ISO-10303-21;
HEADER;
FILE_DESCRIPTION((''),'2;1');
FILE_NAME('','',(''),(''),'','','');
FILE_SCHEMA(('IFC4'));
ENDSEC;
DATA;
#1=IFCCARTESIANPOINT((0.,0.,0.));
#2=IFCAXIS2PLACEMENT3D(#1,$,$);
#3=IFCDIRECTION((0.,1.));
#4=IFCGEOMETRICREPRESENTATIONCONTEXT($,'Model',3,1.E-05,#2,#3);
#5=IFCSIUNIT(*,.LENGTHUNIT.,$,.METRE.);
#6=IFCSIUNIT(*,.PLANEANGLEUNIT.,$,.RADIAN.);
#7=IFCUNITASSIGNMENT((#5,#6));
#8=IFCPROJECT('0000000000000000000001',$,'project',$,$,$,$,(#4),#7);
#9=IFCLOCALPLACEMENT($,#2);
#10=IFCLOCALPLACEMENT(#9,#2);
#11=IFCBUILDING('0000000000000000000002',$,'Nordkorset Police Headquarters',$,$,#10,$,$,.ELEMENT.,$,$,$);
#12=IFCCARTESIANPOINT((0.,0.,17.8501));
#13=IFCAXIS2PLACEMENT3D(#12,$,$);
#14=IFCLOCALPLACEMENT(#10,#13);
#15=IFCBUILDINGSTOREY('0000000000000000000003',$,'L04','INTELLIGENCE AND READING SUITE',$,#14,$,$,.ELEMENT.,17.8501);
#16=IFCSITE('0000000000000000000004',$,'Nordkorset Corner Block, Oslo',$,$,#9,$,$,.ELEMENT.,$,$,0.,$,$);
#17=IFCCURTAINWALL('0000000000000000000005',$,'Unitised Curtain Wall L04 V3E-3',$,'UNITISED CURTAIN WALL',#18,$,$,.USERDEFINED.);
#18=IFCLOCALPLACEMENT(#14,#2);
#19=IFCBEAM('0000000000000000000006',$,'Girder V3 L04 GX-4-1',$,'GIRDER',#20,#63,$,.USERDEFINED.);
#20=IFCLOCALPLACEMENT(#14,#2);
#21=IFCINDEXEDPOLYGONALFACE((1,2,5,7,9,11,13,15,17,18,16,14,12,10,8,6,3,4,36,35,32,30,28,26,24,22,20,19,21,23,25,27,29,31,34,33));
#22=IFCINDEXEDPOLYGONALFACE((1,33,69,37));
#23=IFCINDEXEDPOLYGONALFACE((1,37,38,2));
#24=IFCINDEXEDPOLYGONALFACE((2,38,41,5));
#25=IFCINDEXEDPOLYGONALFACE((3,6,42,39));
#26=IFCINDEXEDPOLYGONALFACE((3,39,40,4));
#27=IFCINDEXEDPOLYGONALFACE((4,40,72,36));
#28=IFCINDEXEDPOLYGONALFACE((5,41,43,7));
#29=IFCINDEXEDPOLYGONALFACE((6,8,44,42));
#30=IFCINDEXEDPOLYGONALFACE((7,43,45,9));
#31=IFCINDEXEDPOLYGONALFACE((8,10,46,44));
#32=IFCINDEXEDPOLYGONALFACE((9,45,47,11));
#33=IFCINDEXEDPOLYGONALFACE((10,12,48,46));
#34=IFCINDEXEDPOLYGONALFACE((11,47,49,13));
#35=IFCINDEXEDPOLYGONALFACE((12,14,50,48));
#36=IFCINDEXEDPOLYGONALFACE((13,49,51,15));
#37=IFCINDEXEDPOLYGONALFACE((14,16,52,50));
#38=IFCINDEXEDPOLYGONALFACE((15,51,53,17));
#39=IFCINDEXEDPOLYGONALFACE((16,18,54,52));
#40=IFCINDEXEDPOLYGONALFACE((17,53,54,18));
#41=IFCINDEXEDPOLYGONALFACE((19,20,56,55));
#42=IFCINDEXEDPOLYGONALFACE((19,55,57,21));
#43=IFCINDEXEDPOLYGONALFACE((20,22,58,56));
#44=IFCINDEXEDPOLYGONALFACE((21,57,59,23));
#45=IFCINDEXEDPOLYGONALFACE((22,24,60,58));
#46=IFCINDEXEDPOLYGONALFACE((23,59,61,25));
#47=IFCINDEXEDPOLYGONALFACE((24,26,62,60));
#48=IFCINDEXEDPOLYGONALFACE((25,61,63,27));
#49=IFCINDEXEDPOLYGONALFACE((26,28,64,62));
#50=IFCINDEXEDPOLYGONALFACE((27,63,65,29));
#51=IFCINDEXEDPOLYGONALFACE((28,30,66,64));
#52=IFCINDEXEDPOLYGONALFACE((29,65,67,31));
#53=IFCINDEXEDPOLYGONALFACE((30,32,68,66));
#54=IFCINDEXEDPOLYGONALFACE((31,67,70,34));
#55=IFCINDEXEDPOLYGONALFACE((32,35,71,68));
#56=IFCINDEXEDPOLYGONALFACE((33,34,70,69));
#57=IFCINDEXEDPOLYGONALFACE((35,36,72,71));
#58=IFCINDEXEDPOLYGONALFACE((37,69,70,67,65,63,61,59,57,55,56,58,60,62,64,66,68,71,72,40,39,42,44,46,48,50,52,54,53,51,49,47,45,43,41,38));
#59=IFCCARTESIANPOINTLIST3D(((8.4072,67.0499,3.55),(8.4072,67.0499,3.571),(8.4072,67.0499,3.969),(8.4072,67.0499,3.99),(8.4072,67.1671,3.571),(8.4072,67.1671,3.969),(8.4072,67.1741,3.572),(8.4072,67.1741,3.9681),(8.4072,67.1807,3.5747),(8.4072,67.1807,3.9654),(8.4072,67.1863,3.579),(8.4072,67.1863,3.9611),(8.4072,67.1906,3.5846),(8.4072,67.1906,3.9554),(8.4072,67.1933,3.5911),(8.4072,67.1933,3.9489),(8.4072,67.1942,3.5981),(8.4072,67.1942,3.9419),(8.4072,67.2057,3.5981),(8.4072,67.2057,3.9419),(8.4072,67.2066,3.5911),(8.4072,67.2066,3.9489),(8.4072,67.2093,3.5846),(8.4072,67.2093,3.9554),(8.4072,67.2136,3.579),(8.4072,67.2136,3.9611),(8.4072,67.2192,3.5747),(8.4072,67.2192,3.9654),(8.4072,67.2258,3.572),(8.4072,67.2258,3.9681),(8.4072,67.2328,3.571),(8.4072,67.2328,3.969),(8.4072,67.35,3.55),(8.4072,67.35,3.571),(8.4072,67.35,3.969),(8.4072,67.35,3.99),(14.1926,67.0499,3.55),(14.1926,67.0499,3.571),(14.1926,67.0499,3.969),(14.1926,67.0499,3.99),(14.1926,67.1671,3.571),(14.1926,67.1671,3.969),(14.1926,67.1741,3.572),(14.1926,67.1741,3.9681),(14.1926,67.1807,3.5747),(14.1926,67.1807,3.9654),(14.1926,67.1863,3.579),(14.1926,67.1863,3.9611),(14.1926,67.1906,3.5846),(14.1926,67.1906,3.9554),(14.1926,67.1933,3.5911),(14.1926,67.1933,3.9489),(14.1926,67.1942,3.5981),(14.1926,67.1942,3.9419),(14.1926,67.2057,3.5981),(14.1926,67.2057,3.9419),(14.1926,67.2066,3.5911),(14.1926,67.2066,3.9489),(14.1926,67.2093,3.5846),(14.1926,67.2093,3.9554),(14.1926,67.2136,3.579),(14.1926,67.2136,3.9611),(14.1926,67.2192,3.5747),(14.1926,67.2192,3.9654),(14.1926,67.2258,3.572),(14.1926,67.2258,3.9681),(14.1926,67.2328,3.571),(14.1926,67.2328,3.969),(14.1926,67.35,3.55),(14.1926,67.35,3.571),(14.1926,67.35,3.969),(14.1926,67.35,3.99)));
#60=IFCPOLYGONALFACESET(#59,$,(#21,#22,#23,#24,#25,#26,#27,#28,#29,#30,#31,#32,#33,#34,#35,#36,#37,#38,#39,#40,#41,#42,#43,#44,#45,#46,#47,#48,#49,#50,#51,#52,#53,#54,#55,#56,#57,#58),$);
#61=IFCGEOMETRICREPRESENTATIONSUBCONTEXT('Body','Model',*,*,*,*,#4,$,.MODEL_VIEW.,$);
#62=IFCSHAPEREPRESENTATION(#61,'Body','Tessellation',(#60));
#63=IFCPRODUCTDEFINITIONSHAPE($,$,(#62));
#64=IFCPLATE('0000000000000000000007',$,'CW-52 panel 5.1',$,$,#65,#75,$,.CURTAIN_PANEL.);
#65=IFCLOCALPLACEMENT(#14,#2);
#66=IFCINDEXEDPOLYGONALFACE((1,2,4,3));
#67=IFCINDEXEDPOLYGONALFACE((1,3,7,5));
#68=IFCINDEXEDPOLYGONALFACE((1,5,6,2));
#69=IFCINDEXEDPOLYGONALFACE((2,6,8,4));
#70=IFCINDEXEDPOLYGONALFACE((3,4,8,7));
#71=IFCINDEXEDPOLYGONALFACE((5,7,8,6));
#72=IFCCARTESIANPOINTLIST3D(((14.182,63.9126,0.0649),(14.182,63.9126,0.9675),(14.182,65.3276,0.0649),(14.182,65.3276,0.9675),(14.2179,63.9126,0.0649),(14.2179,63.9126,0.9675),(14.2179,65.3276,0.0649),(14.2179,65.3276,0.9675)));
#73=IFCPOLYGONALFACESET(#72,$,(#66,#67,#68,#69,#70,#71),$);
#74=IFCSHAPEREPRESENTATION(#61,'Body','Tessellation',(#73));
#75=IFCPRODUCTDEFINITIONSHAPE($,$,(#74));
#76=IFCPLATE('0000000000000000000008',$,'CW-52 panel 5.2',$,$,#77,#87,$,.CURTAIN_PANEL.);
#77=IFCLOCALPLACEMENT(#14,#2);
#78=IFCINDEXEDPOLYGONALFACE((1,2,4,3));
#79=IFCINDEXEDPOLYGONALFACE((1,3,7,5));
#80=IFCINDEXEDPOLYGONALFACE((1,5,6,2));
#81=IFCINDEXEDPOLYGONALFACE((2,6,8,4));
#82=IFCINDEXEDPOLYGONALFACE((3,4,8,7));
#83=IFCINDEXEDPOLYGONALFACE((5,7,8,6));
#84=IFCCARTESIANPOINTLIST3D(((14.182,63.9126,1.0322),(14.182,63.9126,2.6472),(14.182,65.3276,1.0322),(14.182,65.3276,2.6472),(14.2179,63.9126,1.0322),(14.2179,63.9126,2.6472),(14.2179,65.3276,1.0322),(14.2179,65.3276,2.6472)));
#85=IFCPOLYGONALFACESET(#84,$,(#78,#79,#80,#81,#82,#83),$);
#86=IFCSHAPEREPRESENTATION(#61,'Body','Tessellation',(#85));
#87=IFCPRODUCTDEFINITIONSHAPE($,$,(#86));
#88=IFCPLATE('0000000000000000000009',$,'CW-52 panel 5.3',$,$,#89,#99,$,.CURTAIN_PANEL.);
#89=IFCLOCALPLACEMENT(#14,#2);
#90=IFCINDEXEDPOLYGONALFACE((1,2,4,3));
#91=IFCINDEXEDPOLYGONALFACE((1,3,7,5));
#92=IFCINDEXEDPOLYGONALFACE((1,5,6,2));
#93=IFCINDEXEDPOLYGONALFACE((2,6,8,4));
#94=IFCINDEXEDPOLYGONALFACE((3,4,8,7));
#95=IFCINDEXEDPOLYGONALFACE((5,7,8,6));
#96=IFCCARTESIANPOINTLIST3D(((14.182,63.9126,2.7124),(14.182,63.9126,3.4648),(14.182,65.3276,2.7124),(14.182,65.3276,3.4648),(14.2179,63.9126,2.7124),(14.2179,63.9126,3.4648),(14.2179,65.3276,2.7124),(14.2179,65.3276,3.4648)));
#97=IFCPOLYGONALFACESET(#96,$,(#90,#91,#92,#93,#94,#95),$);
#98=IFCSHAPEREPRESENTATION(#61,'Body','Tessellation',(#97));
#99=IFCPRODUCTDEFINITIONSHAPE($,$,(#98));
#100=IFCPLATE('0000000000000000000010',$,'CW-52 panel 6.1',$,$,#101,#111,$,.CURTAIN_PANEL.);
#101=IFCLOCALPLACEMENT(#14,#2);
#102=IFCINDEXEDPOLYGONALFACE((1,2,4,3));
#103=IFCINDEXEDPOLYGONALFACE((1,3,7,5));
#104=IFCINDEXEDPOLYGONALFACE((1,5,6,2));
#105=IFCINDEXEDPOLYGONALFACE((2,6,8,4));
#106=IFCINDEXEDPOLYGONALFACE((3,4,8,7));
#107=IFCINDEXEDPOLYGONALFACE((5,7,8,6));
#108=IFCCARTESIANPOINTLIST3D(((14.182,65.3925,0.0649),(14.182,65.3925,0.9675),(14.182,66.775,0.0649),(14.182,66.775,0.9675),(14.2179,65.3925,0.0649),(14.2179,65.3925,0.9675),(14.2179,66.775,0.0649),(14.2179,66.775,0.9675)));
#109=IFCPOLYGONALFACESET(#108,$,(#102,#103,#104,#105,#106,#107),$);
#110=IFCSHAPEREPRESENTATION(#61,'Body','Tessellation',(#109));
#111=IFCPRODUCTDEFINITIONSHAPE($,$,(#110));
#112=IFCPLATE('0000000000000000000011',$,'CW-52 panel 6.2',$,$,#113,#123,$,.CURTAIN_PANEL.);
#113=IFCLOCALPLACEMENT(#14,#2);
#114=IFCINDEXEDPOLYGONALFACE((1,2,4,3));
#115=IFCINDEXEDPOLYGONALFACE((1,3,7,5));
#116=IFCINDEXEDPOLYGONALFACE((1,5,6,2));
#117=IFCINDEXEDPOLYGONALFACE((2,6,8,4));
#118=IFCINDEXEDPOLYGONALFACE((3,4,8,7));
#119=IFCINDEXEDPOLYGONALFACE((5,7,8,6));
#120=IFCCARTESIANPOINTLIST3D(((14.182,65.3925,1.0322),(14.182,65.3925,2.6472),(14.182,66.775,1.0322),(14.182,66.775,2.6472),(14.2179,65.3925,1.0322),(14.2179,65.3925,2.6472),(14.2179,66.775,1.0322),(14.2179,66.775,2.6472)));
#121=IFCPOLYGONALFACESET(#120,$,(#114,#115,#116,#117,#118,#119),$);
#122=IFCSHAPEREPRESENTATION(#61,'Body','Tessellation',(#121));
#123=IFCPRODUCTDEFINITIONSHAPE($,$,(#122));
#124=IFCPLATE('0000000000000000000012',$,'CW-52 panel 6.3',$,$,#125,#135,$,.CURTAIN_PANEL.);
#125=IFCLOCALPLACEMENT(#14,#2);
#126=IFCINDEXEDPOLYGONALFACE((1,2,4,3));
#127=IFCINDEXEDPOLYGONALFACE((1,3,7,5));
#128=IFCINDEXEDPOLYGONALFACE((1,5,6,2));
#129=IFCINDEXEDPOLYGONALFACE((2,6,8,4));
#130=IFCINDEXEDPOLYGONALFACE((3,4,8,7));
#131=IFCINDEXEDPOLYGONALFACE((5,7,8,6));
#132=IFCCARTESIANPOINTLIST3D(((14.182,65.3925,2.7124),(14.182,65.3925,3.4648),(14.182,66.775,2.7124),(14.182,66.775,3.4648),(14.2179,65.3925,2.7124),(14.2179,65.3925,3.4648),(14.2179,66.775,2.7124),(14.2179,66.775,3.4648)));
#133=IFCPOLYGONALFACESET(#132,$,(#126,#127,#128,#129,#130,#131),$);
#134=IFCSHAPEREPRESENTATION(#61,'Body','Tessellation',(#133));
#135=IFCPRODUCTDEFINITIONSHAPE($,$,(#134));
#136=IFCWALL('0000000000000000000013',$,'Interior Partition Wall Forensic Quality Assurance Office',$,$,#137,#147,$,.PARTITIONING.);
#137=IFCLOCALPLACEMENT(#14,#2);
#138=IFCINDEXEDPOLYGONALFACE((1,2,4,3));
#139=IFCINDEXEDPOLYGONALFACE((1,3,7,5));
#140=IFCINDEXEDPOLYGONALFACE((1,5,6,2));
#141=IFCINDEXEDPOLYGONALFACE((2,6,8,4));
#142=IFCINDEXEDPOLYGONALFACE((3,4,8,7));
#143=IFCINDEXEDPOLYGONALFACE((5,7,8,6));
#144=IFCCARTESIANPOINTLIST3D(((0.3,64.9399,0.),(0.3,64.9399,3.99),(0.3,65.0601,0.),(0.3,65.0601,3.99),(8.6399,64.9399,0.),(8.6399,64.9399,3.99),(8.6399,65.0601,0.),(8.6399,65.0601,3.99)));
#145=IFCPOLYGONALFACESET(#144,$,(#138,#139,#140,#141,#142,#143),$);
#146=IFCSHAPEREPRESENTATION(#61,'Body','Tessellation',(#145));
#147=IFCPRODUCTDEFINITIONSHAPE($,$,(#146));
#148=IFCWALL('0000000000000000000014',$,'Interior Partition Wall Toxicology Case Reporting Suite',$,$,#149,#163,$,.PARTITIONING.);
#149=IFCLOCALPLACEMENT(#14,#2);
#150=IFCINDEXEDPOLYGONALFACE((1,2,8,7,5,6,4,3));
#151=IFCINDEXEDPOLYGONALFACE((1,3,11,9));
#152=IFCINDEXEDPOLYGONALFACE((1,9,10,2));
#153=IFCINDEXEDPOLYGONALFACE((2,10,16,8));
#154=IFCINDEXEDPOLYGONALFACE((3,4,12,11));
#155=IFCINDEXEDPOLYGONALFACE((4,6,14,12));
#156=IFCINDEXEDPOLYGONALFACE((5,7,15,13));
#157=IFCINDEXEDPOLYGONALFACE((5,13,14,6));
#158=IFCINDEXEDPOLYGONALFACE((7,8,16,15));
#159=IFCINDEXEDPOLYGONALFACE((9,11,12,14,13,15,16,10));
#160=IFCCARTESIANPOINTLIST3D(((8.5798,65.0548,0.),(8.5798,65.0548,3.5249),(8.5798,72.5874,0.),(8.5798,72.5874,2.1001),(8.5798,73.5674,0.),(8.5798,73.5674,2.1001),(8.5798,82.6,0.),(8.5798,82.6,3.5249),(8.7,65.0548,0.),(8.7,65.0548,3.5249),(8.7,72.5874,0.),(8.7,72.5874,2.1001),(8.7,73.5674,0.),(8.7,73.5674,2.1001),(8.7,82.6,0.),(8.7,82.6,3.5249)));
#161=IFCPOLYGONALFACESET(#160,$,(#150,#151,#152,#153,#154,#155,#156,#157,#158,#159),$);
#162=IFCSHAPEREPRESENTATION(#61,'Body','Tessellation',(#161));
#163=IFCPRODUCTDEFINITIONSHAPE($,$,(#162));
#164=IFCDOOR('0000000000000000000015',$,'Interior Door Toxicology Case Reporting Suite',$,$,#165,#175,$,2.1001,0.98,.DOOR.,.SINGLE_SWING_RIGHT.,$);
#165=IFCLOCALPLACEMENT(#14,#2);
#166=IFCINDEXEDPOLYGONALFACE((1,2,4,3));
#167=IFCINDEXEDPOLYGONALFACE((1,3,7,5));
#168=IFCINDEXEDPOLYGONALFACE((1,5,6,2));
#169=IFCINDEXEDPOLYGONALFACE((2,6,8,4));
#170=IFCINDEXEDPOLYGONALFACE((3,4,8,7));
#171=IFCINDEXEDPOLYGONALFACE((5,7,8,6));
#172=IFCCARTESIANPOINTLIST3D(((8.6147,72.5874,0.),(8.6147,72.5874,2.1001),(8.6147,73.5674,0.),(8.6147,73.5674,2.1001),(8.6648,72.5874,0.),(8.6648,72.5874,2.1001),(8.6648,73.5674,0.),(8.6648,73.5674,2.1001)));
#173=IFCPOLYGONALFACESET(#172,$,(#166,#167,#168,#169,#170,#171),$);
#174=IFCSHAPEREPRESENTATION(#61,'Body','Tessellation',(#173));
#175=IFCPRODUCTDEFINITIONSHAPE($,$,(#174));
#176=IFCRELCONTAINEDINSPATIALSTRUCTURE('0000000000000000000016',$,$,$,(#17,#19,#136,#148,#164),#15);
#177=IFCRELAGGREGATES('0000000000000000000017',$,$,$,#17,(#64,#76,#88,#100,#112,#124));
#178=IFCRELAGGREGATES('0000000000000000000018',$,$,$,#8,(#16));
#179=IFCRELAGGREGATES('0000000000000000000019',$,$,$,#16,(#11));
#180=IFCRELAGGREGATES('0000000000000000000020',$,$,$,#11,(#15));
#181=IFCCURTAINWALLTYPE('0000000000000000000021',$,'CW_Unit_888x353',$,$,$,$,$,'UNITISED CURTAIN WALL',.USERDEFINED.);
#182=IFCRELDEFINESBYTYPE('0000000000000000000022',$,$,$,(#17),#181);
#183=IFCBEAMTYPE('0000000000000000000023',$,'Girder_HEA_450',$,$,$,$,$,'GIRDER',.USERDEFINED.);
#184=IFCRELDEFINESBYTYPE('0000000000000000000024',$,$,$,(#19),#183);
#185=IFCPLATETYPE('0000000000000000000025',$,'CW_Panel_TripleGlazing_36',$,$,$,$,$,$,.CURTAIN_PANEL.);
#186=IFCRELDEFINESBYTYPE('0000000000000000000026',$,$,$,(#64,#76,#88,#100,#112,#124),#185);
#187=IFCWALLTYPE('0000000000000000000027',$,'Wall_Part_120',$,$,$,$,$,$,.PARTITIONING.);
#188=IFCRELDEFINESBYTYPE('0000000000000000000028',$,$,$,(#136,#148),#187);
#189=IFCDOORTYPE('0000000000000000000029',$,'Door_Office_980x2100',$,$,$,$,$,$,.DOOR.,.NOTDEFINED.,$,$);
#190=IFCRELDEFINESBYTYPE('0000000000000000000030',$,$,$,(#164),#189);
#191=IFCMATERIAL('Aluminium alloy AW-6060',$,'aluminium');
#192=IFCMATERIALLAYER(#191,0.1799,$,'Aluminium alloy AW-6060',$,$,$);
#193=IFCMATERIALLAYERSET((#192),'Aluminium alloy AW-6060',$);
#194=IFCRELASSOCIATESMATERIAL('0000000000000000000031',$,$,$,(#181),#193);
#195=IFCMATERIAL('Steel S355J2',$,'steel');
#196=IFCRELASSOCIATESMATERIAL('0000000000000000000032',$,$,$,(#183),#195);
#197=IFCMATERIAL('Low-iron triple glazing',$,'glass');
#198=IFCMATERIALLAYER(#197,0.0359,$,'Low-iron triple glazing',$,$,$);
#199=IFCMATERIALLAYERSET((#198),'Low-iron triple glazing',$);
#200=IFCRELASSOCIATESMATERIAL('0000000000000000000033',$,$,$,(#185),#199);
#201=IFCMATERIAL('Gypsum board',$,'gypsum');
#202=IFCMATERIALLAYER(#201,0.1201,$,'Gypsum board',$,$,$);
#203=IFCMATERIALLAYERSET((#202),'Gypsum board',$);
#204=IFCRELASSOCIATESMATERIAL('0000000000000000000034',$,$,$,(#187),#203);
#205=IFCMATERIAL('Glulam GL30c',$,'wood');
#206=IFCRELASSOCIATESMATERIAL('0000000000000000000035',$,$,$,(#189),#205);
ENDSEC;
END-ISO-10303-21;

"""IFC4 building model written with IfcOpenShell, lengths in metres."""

from ifc_helpers import new_model, si_unit, direction, frame, frame_2d, origin, origin_2d, place, context, subcontext, project, spatial, rectangle, i_section, extrude, material, layer, layer_set, material_profile, profile_set, type_object, element, fill, aggregate, save


model = new_model("IFC4")

# Units and contexts
model_context = context("Model", 3, precision=1e-05, world=origin(), true_north=direction((0.0, 1.0)))
body_context = subcontext(model_context, "Body", "Model", "MODEL_VIEW")
ifc_project = project(units=[si_unit("LENGTHUNIT", "METRE"), si_unit("PLANEANGLEUNIT", "RADIAN")], contexts=[model_context])

# Site, building, storey
site_placement = place(None, origin())
site = spatial("IfcSite", under=ifc_project, at=site_placement, Name="Nordkorset Corner Block, Oslo", CompositionType="ELEMENT", RefElevation=0.0)
building_placement = place(site_placement, origin())
building = spatial("IfcBuilding", under=site, at=building_placement, Name="Nordkorset Police Headquarters", CompositionType="ELEMENT")
storey_placement = place(building_placement, frame((0.0, 0.0, 17.8501)))
storey = spatial("IfcBuildingStorey", under=building, at=storey_placement, Name="L04", Description="INTELLIGENCE AND READING SUITE", CompositionType="ELEMENT", Elevation=17.8501)

# Curtain wall
ifc_material_1 = material(Name="Aluminium alloy AW-6060", Category="aluminium")
ifc_layer_1 = layer(ifc_material_1, 0.1799, Name="Aluminium alloy AW-6060")
ifc_layer_set_1 = layer_set([ifc_layer_1], Name="Aluminium alloy AW-6060")
curtain_wall_type = type_object("IfcCurtainWallType", Name="CW_Unit_888x353", ElementType="UNITISED CURTAIN WALL", PredefinedType="USERDEFINED", material=ifc_layer_set_1)
curtain_wall_placement = place(storey_placement, origin())
curtain_wall = element("IfcCurtainWall", 1, at=curtain_wall_placement, inside=storey, type_object=curtain_wall_type, Name="Unitised Curtain Wall L04 V3E-3", ObjectType="UNITISED CURTAIN WALL", PredefinedType="USERDEFINED")

# Beam
ifc_material_2 = material(Name="Steel S355J2", Category="steel")
ifc_material_profile_1 = material_profile(ifc_material_2, i_section(OverallWidth=0.3, OverallDepth=0.4399, WebThickness=0.0115, FlangeThickness=0.021, FilletRadius=0.0271, at=origin_2d()), Name="HEA 450")
ifc_profile_set_1 = profile_set([ifc_material_profile_1], Name="Steel S355J2")
beam_type = type_object("IfcBeamType", Name="Girder_HEA_450", ElementType="GIRDER", PredefinedType="USERDEFINED", material=ifc_profile_set_1)
beam_placement = place(storey_placement, frame((8.4072, 67.2, 3.77), z_axis=(1.0, 0.0, 0.0), x_axis=(0.0, 1.0, 0.0)))
element("IfcBeam", 2, at=beam_placement, inside=storey, type_object=beam_type, Name="Girder V3 L04 GX-4-1", ObjectType="GIRDER", PredefinedType="USERDEFINED", context=body_context, shape_type="SweptSolid", body=[
    extrude(i_section(OverallWidth=0.3, OverallDepth=0.4399, WebThickness=0.0115, FlangeThickness=0.021, FilletRadius=0.0271, at=origin_2d()), origin(), (0.0, 0.0, 1.0), 5.7854),
])

# Plates
ifc_material_3 = material(Name="Low-iron triple glazing", Category="glass")
ifc_layer_2 = layer(ifc_material_3, 0.0359, Name="Low-iron triple glazing")
ifc_layer_set_2 = layer_set([ifc_layer_2], Name="Low-iron triple glazing")
plate_type = type_object("IfcPlateType", Name="CW_Panel_TripleGlazing_36", PredefinedType="CURTAIN_PANEL", material=ifc_layer_set_2)
plate_1_placement = place(storey_placement, frame((14.2, 64.6201, 0.0649), z_axis=(0.0, 0.0, 1.0), x_axis=(0.0, 1.0, 0.0)))
plate_1 = element("IfcPlate", 3, at=plate_1_placement, type_object=plate_type, Name="CW-52 panel 5.1", PredefinedType="CURTAIN_PANEL", context=body_context, shape_type="SweptSolid", body=[
    extrude(rectangle(XDim=1.415, YDim=0.0359, at=origin_2d()), origin(), (0.0, 0.0, 1.0), 0.9026),
])
plate_2_placement = place(storey_placement, frame((14.2, 64.6201, 1.0322), z_axis=(0.0, 0.0, 1.0), x_axis=(0.0, 1.0, 0.0)))
plate_2 = element("IfcPlate", 4, at=plate_2_placement, type_object=plate_type, Name="CW-52 panel 5.2", PredefinedType="CURTAIN_PANEL", context=body_context, shape_type="SweptSolid", body=[
    extrude(rectangle(XDim=1.415, YDim=0.0359, at=origin_2d()), origin(), (0.0, 0.0, 1.0), 1.615),
])
plate_3_placement = place(storey_placement, frame((14.2, 64.6201, 2.7124), z_axis=(0.0, 0.0, 1.0), x_axis=(0.0, 1.0, 0.0)))
plate_3 = element("IfcPlate", 5, at=plate_3_placement, type_object=plate_type, Name="CW-52 panel 5.3", PredefinedType="CURTAIN_PANEL", context=body_context, shape_type="SweptSolid", body=[
    extrude(rectangle(XDim=1.415, YDim=0.0359, at=origin_2d()), origin(), (0.0, 0.0, 1.0), 0.7524),
])
plate_4_placement = place(storey_placement, frame((14.2, 66.0837, 0.0649), z_axis=(0.0, 0.0, 1.0), x_axis=(0.0, 1.0, 0.0)))
plate_4 = element("IfcPlate", 6, at=plate_4_placement, type_object=plate_type, Name="CW-52 panel 6.1", PredefinedType="CURTAIN_PANEL", context=body_context, shape_type="SweptSolid", body=[
    extrude(rectangle(XDim=1.3826, YDim=0.0359, at=origin_2d()), origin(), (0.0, 0.0, 1.0), 0.9026),
])
plate_5_placement = place(storey_placement, frame((14.2, 66.0837, 1.0322), z_axis=(0.0, 0.0, 1.0), x_axis=(0.0, 1.0, 0.0)))
plate_5 = element("IfcPlate", 7, at=plate_5_placement, type_object=plate_type, Name="CW-52 panel 6.2", PredefinedType="CURTAIN_PANEL", context=body_context, shape_type="SweptSolid", body=[
    extrude(rectangle(XDim=1.3826, YDim=0.0359, at=origin_2d()), origin(), (0.0, 0.0, 1.0), 1.615),
])
plate_6_placement = place(storey_placement, frame((14.2, 66.0837, 2.7124), z_axis=(0.0, 0.0, 1.0), x_axis=(0.0, 1.0, 0.0)))
plate_6 = element("IfcPlate", 8, at=plate_6_placement, type_object=plate_type, Name="CW-52 panel 6.3", PredefinedType="CURTAIN_PANEL", context=body_context, shape_type="SweptSolid", body=[
    extrude(rectangle(XDim=1.3826, YDim=0.0359, at=origin_2d()), origin(), (0.0, 0.0, 1.0), 0.7524),
])
aggregate(curtain_wall, [plate_1, plate_2, plate_3, plate_4, plate_5, plate_6])

# Wall
ifc_material_4 = material(Name="Gypsum board", Category="gypsum")
ifc_layer_3 = layer(ifc_material_4, 0.1201, Name="Gypsum board")
ifc_layer_set_3 = layer_set([ifc_layer_3], Name="Gypsum board")
wall_type = type_object("IfcWallType", Name="Wall_Part_120", PredefinedType="PARTITIONING", material=ifc_layer_set_3)
wall_1_placement = place(storey_placement, frame((8.6399, 65.0, 0.0), z_axis=(0.0, 0.0, 1.0), x_axis=(-1.0, 0.0, 0.0)))
element("IfcWall", 9, at=wall_1_placement, inside=storey, type_object=wall_type, Name="Interior Partition Wall Forensic Quality Assurance Office", PredefinedType="PARTITIONING", context=body_context, shape_type="SweptSolid", body=[
    extrude(rectangle(XDim=8.3398, YDim=0.1201, at=frame_2d((4.1699, 0.0))), origin(), (0.0, 0.0, 1.0), 3.99),
])

# Wall, opening, door
wall_2_placement = place(storey_placement, frame((8.6399, 65.0549, 0.0), z_axis=(0.0, 0.0, 1.0), x_axis=(0.0, 1.0, 0.0)))
wall_2 = element("IfcWall", 10, at=wall_2_placement, inside=storey, type_object=wall_type, Name="Interior Partition Wall Toxicology Case Reporting Suite", PredefinedType="PARTITIONING", context=body_context, shape_type="SweptSolid", body=[
    extrude(rectangle(XDim=17.5452, YDim=0.1201, at=frame_2d((8.7725, 0.0))), origin(), (0.0, 0.0, 1.0), 3.5249),
])
opening_placement = place(wall_2_placement, frame((7.5325, 0.0, 0.0)))
opening = element("IfcOpeningElement", 11, at=opening_placement, cuts=wall_2, PredefinedType="OPENING", context=body_context, shape_type="SweptSolid", body=[
    extrude(rectangle(XDim=0.98, YDim=2.1001, at=frame_2d((0.49, 1.05))), frame((0.0, 0.0701, 0.0), z_axis=(0.0, -1.0, 0.0), x_axis=(1.0, 0.0, 0.0)), (0.0, 0.0, 1.0), 0.1401),
])
ifc_material_5 = material(Name="Glulam GL30c", Category="wood")
door_type = type_object("IfcDoorType", Name="Door_Office_980x2100", OperationType="NOTDEFINED", PredefinedType="DOOR", material=ifc_material_5)
door_placement = place(opening_placement, frame((0.98, 0.0, 0.0), z_axis=(0.0, 0.0, 1.0), x_axis=(-1.0, 0.0, 0.0)))
door = element("IfcDoor", 12, at=door_placement, inside=storey, type_object=door_type, Name="Interior Door Toxicology Case Reporting Suite", OperationType="SINGLE_SWING_RIGHT", OverallHeight=2.1001, OverallWidth=0.98, PredefinedType="DOOR", context=body_context, shape_type="SweptSolid", body=[
    extrude(rectangle(XDim=0.98, YDim=2.1001, at=frame_2d((0.49, 1.05))), frame((0.0, 0.0249, 0.0), z_axis=(0.0, -1.0, 0.0), x_axis=(1.0, 0.0, 0.0)), (0.0, 0.0, 1.0), 0.05),
])
fill(opening, door)

save(model, "model.ifc")
